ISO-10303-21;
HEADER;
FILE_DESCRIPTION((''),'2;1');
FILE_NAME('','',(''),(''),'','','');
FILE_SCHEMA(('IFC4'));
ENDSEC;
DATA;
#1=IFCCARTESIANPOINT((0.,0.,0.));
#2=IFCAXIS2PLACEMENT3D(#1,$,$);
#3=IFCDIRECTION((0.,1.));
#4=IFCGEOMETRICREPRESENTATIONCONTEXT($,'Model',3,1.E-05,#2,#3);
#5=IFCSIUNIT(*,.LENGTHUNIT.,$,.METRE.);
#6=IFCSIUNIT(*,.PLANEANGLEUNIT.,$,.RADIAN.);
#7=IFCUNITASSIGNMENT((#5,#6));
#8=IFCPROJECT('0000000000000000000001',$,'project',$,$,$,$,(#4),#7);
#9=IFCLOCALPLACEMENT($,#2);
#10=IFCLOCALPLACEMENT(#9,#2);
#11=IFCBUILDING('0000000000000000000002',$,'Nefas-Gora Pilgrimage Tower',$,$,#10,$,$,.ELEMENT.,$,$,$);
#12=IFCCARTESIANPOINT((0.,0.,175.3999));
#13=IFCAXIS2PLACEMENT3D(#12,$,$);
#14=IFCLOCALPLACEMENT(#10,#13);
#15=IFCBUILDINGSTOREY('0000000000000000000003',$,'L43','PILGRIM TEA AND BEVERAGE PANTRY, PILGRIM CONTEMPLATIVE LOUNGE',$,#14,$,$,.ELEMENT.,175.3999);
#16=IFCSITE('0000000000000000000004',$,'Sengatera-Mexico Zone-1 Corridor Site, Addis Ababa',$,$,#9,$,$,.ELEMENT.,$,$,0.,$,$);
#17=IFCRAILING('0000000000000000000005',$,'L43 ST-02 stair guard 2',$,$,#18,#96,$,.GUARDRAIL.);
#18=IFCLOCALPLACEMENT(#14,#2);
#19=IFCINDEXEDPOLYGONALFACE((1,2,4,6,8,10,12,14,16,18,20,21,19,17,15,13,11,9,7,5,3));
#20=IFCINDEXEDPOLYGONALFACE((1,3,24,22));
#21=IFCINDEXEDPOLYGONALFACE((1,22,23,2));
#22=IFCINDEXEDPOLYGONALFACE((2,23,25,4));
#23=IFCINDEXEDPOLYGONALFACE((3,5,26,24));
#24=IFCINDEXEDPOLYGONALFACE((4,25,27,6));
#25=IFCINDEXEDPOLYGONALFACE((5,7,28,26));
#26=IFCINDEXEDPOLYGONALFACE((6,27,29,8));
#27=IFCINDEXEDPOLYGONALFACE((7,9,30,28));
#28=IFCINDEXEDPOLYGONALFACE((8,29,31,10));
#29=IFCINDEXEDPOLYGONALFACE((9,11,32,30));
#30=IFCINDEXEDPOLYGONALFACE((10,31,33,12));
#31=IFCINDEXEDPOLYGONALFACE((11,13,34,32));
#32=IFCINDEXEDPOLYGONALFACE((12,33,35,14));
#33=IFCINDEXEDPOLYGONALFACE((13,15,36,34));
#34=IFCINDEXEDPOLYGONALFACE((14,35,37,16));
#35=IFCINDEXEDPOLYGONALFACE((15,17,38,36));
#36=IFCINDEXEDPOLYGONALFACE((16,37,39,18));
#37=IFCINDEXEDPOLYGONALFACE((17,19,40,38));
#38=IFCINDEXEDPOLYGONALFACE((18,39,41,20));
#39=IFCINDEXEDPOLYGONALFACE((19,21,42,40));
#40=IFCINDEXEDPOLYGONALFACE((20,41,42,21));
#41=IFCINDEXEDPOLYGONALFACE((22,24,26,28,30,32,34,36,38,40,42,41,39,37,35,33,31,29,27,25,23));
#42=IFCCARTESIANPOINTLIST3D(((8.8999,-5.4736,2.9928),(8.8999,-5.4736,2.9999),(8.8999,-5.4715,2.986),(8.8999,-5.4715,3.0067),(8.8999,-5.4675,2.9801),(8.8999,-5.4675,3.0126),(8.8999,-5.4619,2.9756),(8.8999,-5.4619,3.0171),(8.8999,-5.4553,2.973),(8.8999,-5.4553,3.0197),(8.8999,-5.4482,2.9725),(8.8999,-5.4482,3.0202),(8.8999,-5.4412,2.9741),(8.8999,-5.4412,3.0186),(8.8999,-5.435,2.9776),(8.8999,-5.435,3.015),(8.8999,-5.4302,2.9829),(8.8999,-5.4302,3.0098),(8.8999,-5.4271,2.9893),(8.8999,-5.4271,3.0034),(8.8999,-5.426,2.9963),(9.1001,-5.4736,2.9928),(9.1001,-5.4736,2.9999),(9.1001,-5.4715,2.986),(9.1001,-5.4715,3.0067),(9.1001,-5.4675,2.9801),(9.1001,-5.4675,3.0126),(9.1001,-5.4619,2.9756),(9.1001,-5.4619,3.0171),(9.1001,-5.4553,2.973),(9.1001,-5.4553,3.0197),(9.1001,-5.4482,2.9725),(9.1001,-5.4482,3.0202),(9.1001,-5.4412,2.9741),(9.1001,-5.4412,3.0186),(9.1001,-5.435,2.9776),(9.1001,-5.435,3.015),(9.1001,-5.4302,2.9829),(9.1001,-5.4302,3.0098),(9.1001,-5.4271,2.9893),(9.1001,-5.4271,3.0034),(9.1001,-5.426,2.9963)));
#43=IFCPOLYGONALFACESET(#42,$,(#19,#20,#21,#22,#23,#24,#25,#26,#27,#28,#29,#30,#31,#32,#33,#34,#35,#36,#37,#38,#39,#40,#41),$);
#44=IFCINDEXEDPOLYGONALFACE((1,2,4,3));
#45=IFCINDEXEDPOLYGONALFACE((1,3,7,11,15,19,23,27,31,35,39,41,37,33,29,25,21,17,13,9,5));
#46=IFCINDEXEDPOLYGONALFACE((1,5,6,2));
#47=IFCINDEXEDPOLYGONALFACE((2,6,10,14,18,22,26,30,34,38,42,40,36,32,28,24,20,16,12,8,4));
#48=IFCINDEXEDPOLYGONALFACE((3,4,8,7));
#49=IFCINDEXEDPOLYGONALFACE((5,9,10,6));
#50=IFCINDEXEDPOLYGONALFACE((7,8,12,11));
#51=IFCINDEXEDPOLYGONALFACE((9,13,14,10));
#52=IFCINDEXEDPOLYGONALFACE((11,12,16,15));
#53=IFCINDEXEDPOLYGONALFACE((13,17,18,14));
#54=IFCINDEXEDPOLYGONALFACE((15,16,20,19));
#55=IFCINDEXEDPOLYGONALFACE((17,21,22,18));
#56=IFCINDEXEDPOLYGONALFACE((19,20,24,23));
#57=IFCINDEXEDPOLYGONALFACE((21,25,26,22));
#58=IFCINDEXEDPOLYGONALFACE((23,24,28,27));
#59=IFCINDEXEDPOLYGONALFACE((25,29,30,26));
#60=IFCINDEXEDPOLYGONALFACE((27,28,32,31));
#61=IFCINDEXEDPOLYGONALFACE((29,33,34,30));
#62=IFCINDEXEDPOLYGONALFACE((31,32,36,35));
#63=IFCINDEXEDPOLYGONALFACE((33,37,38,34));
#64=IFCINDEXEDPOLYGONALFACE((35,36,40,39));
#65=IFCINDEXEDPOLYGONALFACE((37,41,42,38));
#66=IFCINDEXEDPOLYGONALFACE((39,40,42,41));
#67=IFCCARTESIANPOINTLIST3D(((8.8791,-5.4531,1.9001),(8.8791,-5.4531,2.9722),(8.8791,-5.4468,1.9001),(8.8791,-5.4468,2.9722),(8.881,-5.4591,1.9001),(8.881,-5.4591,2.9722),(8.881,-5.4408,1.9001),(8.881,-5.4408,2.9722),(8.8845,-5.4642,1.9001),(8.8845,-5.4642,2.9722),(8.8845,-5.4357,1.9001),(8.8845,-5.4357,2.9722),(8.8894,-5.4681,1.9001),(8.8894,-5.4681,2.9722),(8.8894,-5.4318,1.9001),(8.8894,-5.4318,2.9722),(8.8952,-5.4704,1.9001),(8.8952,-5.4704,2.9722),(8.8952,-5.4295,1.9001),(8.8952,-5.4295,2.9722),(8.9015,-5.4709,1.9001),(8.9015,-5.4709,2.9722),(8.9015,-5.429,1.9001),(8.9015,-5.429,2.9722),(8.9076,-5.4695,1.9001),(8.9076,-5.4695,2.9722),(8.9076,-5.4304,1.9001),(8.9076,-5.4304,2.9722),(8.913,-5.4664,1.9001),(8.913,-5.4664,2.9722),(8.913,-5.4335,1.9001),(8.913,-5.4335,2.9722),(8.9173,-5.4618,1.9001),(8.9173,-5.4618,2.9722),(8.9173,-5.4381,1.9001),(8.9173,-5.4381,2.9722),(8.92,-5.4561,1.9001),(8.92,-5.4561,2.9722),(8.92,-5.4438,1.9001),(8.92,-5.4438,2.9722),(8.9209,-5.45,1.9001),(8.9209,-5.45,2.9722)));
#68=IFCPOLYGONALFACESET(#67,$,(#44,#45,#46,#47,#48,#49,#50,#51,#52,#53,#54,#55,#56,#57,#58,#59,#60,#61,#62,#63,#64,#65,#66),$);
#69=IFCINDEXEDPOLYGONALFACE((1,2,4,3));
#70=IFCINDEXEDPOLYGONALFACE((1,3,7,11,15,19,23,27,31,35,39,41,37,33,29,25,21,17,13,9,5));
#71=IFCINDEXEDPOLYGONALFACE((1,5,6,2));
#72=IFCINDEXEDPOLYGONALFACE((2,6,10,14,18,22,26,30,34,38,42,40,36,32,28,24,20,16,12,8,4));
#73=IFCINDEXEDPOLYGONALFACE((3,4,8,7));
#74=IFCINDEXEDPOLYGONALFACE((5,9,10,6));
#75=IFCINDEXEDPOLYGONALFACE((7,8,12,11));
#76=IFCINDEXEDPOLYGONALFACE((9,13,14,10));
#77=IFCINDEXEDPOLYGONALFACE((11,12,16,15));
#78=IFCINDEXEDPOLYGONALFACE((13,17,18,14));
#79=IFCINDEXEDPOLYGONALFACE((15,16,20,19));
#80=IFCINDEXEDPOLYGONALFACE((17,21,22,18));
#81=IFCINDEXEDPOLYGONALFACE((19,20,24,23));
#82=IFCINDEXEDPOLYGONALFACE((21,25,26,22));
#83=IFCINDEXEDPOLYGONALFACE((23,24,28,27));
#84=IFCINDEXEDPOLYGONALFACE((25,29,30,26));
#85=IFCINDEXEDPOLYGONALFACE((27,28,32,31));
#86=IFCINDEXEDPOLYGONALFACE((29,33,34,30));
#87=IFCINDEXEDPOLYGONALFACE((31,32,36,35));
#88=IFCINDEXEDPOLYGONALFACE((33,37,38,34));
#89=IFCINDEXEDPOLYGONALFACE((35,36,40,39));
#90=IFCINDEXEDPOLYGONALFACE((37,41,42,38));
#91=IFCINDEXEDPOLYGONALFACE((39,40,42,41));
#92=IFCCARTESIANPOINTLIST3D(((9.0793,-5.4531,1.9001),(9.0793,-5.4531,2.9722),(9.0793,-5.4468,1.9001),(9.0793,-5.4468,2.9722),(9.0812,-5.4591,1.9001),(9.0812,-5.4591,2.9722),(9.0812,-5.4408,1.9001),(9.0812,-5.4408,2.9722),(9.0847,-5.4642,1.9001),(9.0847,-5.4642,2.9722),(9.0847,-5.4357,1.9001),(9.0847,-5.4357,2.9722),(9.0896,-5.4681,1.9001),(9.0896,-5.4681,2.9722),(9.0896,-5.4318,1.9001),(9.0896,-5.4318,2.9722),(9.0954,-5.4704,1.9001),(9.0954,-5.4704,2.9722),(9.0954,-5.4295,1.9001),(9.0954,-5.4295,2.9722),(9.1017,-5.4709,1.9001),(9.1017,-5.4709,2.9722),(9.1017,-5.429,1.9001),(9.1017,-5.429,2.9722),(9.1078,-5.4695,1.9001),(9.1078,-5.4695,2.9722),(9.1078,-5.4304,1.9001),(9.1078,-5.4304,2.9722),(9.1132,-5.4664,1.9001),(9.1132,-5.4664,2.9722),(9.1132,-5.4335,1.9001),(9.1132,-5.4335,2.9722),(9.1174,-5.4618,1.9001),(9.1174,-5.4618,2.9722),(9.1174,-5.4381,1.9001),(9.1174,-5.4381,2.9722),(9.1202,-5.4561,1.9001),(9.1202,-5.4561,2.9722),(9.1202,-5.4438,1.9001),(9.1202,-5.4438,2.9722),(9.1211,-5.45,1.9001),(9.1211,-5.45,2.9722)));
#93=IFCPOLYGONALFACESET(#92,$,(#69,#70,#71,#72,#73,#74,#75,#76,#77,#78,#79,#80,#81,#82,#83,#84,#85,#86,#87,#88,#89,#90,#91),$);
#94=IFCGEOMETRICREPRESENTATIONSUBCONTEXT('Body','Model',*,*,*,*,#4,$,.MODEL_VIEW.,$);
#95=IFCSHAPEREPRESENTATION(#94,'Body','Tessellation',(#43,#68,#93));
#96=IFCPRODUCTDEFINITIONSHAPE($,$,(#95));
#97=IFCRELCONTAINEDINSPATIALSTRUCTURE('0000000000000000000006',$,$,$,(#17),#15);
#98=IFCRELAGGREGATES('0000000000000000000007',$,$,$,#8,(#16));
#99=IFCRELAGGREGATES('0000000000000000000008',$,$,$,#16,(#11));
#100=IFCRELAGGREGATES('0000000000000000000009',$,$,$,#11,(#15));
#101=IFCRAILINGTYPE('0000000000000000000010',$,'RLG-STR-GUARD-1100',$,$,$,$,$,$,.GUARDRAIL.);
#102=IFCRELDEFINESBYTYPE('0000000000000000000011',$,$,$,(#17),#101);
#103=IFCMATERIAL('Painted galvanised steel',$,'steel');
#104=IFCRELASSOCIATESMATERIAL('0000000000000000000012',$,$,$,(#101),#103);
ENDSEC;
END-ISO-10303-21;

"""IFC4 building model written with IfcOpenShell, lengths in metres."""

from ifc_helpers import new_model, si_unit, direction, frame, origin, origin_2d, place, context, subcontext, project, spatial, circle, extrude, material, type_object, element, save


model = new_model("IFC4")

# Units and contexts
model_context = context("Model", 3, precision=1e-05, world=origin(), true_north=direction((0.0, 1.0)))
body_context = subcontext(model_context, "Body", "Model", "MODEL_VIEW")
ifc_project = project(units=[si_unit("LENGTHUNIT", "METRE"), si_unit("PLANEANGLEUNIT", "RADIAN")], contexts=[model_context])

# Site, building, storey
site_placement = place(None, origin())
site = spatial("IfcSite", under=ifc_project, at=site_placement, Name="Sengatera-Mexico Zone-1 Corridor Site, Addis Ababa", CompositionType="ELEMENT", RefElevation=0.0)
building_placement = place(site_placement, origin())
building = spatial("IfcBuilding", under=site, at=building_placement, Name="Nefas-Gora Pilgrimage Tower", CompositionType="ELEMENT")
storey_placement = place(building_placement, frame((0.0, 0.0, 175.3999)))
storey = spatial("IfcBuildingStorey", under=building, at=storey_placement, Name="L43", Description="PILGRIM TEA AND BEVERAGE PANTRY, PILGRIM CONTEMPLATIVE LOUNGE", CompositionType="ELEMENT", Elevation=175.3999)

# Railing
ifc_material_1 = material(Name="Painted galvanised steel", Category="steel")
railing_type_1 = type_object("IfcRailingType", Name="RLG-STR-GUARD-1100", PredefinedType="GUARDRAIL", material=ifc_material_1)
railing_1_placement = place(storey_placement, frame((8.8999, -5.45, 1.9001)))
element("IfcRailing", 1, at=railing_1_placement, inside=storey, type_object=railing_type_1, Name="L43 ST-02 stair guard 2", PredefinedType="GUARDRAIL", context=body_context, shape_type="SweptSolid", body=[
    extrude(circle(Radius=0.0239, at=origin_2d()), frame((0.0, 0.0, 1.0962), z_axis=(1.0, 0.0, 0.0), x_axis=(0.0, 1.0, 0.0)), (0.0, 0.0, 1.0), 0.2002),
    extrude(circle(Radius=0.021, at=origin_2d()), origin(), (0.0, 0.0, 1.0), 1.072),
    extrude(circle(Radius=0.021, at=origin_2d()), frame((0.2002, 0.0, 0.0)), (0.0, 0.0, 1.0), 1.072),
])

save(model, "model.ifc")
